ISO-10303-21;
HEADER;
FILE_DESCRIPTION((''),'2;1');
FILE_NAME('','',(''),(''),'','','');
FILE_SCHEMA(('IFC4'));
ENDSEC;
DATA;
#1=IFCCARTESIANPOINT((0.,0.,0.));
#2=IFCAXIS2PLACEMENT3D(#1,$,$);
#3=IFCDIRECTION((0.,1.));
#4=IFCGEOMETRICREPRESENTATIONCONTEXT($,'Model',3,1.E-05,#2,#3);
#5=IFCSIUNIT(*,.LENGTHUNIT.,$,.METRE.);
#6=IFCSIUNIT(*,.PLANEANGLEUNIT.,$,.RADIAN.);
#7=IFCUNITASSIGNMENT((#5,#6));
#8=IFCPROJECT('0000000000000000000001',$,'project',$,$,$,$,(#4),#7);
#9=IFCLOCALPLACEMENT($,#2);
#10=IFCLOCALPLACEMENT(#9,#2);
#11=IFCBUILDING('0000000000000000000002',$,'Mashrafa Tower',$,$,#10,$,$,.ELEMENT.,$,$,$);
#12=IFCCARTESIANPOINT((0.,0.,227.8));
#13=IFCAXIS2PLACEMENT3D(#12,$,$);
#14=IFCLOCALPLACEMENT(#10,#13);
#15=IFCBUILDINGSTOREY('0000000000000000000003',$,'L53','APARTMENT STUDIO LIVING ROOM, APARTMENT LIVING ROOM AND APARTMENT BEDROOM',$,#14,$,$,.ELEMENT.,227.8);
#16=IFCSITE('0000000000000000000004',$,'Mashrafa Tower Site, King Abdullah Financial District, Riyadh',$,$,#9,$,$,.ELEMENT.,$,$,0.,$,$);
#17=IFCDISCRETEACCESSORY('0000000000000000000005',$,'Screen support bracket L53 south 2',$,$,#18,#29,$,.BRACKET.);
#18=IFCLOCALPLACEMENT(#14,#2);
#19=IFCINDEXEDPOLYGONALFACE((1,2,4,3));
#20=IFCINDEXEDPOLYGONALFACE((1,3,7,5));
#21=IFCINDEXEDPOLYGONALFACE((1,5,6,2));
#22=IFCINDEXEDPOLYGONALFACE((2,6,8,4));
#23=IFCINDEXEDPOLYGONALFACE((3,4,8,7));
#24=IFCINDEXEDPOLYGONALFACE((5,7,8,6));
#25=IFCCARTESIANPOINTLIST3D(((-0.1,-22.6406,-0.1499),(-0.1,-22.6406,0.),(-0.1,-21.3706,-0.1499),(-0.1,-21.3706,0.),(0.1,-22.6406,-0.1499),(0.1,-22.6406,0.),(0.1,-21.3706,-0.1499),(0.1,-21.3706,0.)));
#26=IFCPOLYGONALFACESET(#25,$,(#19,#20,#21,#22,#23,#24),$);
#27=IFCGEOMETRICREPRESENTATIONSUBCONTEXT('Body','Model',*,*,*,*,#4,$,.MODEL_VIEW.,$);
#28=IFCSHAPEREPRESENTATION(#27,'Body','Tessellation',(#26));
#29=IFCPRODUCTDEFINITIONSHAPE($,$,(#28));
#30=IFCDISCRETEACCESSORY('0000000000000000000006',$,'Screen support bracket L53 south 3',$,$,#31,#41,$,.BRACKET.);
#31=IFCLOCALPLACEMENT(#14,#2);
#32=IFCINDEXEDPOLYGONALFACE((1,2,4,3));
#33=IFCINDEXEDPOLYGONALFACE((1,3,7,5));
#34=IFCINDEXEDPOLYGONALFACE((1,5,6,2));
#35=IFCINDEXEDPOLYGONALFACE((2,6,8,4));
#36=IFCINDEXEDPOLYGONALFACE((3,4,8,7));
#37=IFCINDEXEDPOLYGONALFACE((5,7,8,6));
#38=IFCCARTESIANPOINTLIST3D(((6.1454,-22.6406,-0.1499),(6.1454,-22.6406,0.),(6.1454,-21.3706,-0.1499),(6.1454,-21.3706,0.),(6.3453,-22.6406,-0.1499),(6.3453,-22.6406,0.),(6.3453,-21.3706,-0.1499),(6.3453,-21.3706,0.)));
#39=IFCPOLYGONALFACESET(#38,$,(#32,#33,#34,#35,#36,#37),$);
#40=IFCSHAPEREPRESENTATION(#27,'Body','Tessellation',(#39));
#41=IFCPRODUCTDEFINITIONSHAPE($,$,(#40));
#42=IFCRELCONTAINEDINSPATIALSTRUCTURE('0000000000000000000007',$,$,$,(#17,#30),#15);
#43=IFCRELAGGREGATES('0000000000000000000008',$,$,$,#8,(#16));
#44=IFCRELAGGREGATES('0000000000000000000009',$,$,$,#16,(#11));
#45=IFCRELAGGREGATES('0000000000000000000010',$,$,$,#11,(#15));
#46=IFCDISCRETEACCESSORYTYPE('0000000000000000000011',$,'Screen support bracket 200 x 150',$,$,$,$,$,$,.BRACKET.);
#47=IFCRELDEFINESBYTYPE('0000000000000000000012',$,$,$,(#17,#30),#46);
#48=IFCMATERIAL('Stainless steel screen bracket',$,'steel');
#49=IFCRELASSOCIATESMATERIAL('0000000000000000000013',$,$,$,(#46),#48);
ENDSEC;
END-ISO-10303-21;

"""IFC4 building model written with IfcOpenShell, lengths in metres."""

from ifc_helpers import new_model, si_unit, direction, frame, origin, origin_2d, place, context, subcontext, project, spatial, rectangle, extrude, source, transform, mapped, material, type_object, type_shapes, element, save


model = new_model("IFC4")

# Units and contexts
model_context = context("Model", 3, precision=1e-05, world=origin(), true_north=direction((0.0, 1.0)))
body_context = subcontext(model_context, "Body", "Model", "MODEL_VIEW")
ifc_project = project(units=[si_unit("LENGTHUNIT", "METRE"), si_unit("PLANEANGLEUNIT", "RADIAN")], contexts=[model_context])

# Site, building, storey
site_placement = place(None, origin())
site = spatial("IfcSite", under=ifc_project, at=site_placement, Name="Mashrafa Tower Site, King Abdullah Financial District, Riyadh", CompositionType="ELEMENT", RefElevation=0.0)
building_placement = place(site_placement, origin())
building = spatial("IfcBuilding", under=site, at=building_placement, Name="Mashrafa Tower", CompositionType="ELEMENT")
storey_placement = place(building_placement, frame((0.0, 0.0, 227.8)))
storey = spatial("IfcBuildingStorey", under=building, at=storey_placement, Name="L53", Description="APARTMENT STUDIO LIVING ROOM, APARTMENT LIVING ROOM AND APARTMENT BEDROOM", CompositionType="ELEMENT", Elevation=227.8)

# Discrete accessories
ifc_material_1 = material(Name="Stainless steel screen bracket", Category="steel")
discrete_accessory_type = type_object("IfcDiscreteAccessoryType", Name="Screen support bracket 200 x 150", PredefinedType="BRACKET", material=ifc_material_1)
shared_shape_1 = source(origin(), body_context, "Body", "SweptSolid", [
    extrude(rectangle(XDim=0.2, YDim=1.27, at=origin_2d()), origin(), (0.0, 0.0, 1.0), 0.1499),
])
type_shapes(discrete_accessory_type, [shared_shape_1])
for number, where, z_axis, x_axis, name in (
    (1, (0.0, -22.0056, -0.1499), (0.0, 0.0, 1.0), (1.0, 0.0, 0.0), "Screen support bracket L53 south 2"),
    (2, (6.2454, -22.0056, -0.1499), (0.0, 0.0, 1.0), (1.0, 0.0, 0.0), "Screen support bracket L53 south 3"),
):
    element("IfcDiscreteAccessory", number, at=place(storey_placement, frame(where, z_axis=z_axis, x_axis=x_axis)), inside=storey, type_object=discrete_accessory_type, Name=name, PredefinedType="BRACKET", context=body_context, shape_type="MappedRepresentation", body=[
        mapped(shared_shape_1, transform((0.0, 0.0, 0.0))),
    ])

save(model, "model.ifc")
